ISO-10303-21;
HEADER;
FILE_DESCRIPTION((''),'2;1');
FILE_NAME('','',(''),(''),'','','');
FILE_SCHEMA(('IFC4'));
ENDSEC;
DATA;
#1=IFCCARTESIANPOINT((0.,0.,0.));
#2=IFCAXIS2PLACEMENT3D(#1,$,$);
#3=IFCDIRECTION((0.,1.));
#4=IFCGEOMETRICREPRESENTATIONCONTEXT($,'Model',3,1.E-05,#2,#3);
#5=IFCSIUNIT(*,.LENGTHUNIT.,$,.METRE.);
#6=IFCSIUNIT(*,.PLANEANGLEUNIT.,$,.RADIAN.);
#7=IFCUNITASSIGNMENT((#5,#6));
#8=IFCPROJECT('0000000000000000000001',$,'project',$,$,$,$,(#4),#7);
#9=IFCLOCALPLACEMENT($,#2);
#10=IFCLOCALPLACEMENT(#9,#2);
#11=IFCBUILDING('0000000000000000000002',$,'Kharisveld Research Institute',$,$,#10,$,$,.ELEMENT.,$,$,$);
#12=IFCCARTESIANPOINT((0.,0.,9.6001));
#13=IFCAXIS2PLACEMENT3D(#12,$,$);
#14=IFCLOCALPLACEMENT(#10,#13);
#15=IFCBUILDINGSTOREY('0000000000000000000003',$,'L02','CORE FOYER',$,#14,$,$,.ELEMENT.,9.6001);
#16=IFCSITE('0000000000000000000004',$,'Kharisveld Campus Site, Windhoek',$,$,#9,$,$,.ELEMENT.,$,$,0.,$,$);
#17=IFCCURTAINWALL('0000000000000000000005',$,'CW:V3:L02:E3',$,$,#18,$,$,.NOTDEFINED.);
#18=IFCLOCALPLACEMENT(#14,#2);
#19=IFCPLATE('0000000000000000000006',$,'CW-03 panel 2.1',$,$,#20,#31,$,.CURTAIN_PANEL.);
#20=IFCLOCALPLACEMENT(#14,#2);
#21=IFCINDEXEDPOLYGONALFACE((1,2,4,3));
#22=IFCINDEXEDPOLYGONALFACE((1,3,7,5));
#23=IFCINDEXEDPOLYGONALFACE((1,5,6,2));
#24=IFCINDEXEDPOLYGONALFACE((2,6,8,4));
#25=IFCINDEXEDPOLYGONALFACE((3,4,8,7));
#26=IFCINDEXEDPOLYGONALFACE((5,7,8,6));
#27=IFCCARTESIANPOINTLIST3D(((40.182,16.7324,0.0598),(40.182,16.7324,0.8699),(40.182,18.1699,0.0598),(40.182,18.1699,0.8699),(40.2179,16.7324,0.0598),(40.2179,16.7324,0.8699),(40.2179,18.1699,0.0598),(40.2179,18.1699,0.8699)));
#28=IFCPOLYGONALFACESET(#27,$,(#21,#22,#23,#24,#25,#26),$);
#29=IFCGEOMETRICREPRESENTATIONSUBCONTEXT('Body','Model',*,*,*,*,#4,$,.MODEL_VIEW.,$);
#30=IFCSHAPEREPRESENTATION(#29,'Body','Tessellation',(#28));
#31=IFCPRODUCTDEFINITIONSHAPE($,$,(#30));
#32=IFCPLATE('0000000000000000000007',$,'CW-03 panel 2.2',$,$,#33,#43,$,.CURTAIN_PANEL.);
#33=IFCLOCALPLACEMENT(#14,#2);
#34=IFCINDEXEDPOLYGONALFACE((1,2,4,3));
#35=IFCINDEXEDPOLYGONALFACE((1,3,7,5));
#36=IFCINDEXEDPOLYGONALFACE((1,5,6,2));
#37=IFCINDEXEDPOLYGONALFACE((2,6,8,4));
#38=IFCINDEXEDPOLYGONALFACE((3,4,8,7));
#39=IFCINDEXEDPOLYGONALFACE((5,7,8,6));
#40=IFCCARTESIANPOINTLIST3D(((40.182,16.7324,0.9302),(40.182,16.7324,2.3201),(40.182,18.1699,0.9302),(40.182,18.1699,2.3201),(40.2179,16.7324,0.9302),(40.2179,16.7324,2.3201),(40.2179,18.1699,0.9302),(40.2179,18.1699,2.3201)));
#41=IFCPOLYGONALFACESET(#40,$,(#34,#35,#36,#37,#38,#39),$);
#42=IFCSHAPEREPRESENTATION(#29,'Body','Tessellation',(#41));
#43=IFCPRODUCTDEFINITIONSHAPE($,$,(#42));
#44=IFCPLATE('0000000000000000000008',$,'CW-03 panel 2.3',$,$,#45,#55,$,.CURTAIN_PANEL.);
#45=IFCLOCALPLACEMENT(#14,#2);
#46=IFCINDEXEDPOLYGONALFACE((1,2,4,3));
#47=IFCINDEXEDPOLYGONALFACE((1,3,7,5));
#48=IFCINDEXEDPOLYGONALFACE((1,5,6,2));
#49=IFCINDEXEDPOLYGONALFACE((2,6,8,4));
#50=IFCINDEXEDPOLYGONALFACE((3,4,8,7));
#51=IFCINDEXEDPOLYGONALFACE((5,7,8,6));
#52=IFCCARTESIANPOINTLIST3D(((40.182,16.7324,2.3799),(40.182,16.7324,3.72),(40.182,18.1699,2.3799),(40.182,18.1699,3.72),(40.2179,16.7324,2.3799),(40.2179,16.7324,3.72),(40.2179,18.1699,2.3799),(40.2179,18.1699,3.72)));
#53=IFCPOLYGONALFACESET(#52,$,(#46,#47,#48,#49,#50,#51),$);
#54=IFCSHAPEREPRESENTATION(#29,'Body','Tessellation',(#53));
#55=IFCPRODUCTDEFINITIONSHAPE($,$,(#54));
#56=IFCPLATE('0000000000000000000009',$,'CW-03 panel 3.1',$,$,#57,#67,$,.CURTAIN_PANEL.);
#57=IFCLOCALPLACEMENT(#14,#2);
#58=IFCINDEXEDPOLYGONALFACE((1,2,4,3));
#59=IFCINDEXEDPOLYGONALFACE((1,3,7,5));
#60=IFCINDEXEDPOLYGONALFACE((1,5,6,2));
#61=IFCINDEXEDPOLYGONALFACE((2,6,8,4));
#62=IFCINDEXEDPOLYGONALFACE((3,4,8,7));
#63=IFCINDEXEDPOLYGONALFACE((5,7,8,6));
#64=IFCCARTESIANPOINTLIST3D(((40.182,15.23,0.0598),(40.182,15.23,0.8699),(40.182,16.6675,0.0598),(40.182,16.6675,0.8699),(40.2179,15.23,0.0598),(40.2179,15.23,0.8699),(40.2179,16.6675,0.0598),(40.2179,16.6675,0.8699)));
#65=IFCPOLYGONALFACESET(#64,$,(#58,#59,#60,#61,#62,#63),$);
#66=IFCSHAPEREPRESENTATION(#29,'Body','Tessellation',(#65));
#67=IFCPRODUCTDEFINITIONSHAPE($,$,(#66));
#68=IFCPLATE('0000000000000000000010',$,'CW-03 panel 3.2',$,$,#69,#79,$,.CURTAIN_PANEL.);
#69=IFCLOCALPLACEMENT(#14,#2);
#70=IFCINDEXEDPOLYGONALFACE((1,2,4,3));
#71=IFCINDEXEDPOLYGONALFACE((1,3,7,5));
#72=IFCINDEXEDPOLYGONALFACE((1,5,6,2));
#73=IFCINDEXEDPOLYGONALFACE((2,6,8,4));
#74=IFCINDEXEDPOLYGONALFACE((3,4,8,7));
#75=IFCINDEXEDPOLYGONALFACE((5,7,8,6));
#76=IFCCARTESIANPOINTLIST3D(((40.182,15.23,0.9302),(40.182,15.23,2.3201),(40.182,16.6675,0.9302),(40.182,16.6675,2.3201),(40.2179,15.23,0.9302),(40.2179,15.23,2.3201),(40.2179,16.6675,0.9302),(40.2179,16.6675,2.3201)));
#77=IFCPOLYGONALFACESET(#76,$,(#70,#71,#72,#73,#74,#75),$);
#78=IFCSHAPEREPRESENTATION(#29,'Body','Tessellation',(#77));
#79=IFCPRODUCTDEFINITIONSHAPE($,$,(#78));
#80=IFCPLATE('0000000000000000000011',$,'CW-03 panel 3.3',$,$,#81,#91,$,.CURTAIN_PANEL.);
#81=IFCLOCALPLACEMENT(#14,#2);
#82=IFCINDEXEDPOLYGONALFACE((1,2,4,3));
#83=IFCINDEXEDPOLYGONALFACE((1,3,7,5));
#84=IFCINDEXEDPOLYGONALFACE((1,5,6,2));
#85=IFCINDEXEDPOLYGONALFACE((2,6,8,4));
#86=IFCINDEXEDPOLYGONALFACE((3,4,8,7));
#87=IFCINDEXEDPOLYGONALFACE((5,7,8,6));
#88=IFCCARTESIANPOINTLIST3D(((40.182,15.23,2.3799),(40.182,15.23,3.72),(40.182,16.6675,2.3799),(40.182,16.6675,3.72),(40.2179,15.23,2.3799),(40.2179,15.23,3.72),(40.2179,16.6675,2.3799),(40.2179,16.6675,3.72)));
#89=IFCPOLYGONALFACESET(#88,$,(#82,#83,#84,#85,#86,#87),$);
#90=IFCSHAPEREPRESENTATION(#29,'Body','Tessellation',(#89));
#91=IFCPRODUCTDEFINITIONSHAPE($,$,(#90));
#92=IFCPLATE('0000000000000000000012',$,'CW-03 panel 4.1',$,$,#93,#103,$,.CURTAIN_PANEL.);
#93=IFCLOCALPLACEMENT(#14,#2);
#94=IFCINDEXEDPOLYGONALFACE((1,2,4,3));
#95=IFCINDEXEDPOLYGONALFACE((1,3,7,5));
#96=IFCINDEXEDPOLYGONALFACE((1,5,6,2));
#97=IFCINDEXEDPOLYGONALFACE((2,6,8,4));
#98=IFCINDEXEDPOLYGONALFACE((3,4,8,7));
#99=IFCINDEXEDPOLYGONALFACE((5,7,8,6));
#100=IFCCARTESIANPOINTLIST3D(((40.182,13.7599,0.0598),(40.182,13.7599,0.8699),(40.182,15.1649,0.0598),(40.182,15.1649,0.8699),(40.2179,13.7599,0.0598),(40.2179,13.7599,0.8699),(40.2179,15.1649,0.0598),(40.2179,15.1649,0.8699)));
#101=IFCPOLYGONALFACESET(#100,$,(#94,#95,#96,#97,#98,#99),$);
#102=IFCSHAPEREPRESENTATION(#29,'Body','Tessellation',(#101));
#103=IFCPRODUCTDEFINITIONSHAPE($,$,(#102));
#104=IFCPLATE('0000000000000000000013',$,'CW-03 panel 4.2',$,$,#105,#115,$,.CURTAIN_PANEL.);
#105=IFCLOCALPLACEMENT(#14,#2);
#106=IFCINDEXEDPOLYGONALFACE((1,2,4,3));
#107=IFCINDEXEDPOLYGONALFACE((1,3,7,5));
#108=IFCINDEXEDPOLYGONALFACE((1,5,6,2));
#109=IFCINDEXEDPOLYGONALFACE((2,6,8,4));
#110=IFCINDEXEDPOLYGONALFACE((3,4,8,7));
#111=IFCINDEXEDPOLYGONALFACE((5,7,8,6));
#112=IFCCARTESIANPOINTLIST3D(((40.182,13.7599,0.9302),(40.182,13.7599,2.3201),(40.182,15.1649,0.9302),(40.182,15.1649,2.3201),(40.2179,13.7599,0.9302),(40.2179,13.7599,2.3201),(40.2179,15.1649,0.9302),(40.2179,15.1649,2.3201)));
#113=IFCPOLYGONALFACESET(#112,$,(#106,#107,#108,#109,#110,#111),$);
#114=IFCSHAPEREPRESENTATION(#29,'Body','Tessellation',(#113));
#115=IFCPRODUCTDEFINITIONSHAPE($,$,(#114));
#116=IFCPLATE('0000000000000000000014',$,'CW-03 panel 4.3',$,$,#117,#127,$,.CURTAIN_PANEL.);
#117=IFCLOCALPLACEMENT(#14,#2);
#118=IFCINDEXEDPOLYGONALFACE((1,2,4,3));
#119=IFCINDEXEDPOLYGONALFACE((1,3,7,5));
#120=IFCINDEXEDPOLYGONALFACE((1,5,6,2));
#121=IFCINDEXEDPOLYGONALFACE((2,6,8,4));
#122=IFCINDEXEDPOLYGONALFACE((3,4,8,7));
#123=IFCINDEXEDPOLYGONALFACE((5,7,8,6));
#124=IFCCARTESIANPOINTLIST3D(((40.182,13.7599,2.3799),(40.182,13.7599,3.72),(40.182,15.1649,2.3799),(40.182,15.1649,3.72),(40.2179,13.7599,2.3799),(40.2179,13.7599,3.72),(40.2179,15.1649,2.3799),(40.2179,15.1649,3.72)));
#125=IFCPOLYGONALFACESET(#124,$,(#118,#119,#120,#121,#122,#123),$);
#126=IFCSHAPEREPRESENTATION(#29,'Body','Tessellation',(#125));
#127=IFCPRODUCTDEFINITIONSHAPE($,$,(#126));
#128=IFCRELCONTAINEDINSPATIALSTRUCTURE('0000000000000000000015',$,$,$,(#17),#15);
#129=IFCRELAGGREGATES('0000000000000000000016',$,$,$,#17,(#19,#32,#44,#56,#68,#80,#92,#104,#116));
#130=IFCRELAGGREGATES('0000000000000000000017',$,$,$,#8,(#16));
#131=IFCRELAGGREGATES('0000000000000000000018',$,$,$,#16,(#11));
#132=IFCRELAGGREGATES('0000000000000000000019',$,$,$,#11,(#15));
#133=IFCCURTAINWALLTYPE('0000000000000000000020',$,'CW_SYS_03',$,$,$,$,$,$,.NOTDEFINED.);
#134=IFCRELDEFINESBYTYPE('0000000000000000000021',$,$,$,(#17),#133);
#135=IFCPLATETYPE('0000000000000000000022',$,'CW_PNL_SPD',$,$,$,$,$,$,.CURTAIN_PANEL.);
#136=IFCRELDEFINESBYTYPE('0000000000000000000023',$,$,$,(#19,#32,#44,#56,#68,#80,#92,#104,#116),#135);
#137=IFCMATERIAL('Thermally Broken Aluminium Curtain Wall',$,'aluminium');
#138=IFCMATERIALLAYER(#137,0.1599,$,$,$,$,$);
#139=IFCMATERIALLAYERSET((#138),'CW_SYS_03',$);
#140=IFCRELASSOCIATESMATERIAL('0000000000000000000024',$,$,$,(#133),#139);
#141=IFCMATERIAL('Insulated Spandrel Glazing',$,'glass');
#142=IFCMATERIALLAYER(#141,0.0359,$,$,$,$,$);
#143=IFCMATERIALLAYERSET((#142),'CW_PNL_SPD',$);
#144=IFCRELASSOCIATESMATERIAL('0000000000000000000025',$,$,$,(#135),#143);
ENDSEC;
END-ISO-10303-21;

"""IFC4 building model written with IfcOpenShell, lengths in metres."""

from ifc_helpers import new_model, si_unit, direction, frame, origin, origin_2d, place, context, subcontext, project, spatial, rectangle, extrude, material, layer, layer_set, type_object, element, aggregate, save


model = new_model("IFC4")

# Units and contexts
model_context = context("Model", 3, precision=1e-05, world=origin(), true_north=direction((0.0, 1.0)))
body_context = subcontext(model_context, "Body", "Model", "MODEL_VIEW")
ifc_project = project(units=[si_unit("LENGTHUNIT", "METRE"), si_unit("PLANEANGLEUNIT", "RADIAN")], contexts=[model_context])

# Site, building, storey
site_placement = place(None, origin())
site = spatial("IfcSite", under=ifc_project, at=site_placement, Name="Kharisveld Campus Site, Windhoek", CompositionType="ELEMENT", RefElevation=0.0)
building_placement = place(site_placement, origin())
building = spatial("IfcBuilding", under=site, at=building_placement, Name="Kharisveld Research Institute", CompositionType="ELEMENT")
storey_placement = place(building_placement, frame((0.0, 0.0, 9.6001)))
storey = spatial("IfcBuildingStorey", under=building, at=storey_placement, Name="L02", Description="CORE FOYER", CompositionType="ELEMENT", Elevation=9.6001)

# Curtain wall
ifc_material_1 = material(Name="Thermally Broken Aluminium Curtain Wall", Category="aluminium")
ifc_layer_1 = layer(ifc_material_1, 0.1599)
ifc_layer_set_1 = layer_set([ifc_layer_1], Name="CW_SYS_03")
curtain_wall_type_1 = type_object("IfcCurtainWallType", Name="CW_SYS_03", PredefinedType="NOTDEFINED", material=ifc_layer_set_1)
curtain_wall_1_placement = place(storey_placement, origin())
curtain_wall_1 = element("IfcCurtainWall", 1, at=curtain_wall_1_placement, inside=storey, type_object=curtain_wall_type_1, Name="CW:V3:L02:E3", PredefinedType="NOTDEFINED")

# Plates
ifc_material_2 = material(Name="Insulated Spandrel Glazing", Category="glass")
ifc_layer_2 = layer(ifc_material_2, 0.0359)
ifc_layer_set_2 = layer_set([ifc_layer_2], Name="CW_PNL_SPD")
plate_type = type_object("IfcPlateType", Name="CW_PNL_SPD", PredefinedType="CURTAIN_PANEL", material=ifc_layer_set_2)
plate_1_placement = place(storey_placement, frame((40.2, 17.4512, 0.0598), z_axis=(0.0, 0.0, 1.0), x_axis=(0.0, -1.0, 0.0)))
plate_1 = element("IfcPlate", 2, at=plate_1_placement, type_object=plate_type, Name="CW-03 panel 2.1", PredefinedType="CURTAIN_PANEL", context=body_context, shape_type="SweptSolid", body=[
    extrude(rectangle(XDim=1.4375, YDim=0.0359, at=origin_2d()), origin(), (0.0, 0.0, 1.0), 0.8101),
])
plate_2_placement = place(storey_placement, frame((40.2, 17.4512, 0.9302), z_axis=(0.0, 0.0, 1.0), x_axis=(0.0, -1.0, 0.0)))
plate_2 = element("IfcPlate", 3, at=plate_2_placement, type_object=plate_type, Name="CW-03 panel 2.2", PredefinedType="CURTAIN_PANEL", context=body_context, shape_type="SweptSolid", body=[
    extrude(rectangle(XDim=1.4375, YDim=0.0359, at=origin_2d()), origin(), (0.0, 0.0, 1.0), 1.3899),
])
plate_3_placement = place(storey_placement, frame((40.2, 17.4512, 2.3799), z_axis=(0.0, 0.0, 1.0), x_axis=(0.0, -1.0, 0.0)))
plate_3 = element("IfcPlate", 4, at=plate_3_placement, type_object=plate_type, Name="CW-03 panel 2.3", PredefinedType="CURTAIN_PANEL", context=body_context, shape_type="SweptSolid", body=[
    extrude(rectangle(XDim=1.4375, YDim=0.0359, at=origin_2d()), origin(), (0.0, 0.0, 1.0), 1.3401),
])
plate_4_placement = place(storey_placement, frame((40.2, 15.9487, 0.0598), z_axis=(0.0, 0.0, 1.0), x_axis=(0.0, -1.0, 0.0)))
plate_4 = element("IfcPlate", 5, at=plate_4_placement, type_object=plate_type, Name="CW-03 panel 3.1", PredefinedType="CURTAIN_PANEL", context=body_context, shape_type="SweptSolid", body=[
    extrude(rectangle(XDim=1.4375, YDim=0.0359, at=origin_2d()), origin(), (0.0, 0.0, 1.0), 0.8101),
])
plate_5_placement = place(storey_placement, frame((40.2, 15.9487, 0.9302), z_axis=(0.0, 0.0, 1.0), x_axis=(0.0, -1.0, 0.0)))
plate_5 = element("IfcPlate", 6, at=plate_5_placement, type_object=plate_type, Name="CW-03 panel 3.2", PredefinedType="CURTAIN_PANEL", context=body_context, shape_type="SweptSolid", body=[
    extrude(rectangle(XDim=1.4375, YDim=0.0359, at=origin_2d()), origin(), (0.0, 0.0, 1.0), 1.3899),
])
plate_6_placement = place(storey_placement, frame((40.2, 15.9487, 2.3799), z_axis=(0.0, 0.0, 1.0), x_axis=(0.0, -1.0, 0.0)))
plate_6 = element("IfcPlate", 7, at=plate_6_placement, type_object=plate_type, Name="CW-03 panel 3.3", PredefinedType="CURTAIN_PANEL", context=body_context, shape_type="SweptSolid", body=[
    extrude(rectangle(XDim=1.4375, YDim=0.0359, at=origin_2d()), origin(), (0.0, 0.0, 1.0), 1.3401),
])
plate_7_placement = place(storey_placement, frame((40.2, 14.4624, 0.0598), z_axis=(0.0, 0.0, 1.0), x_axis=(0.0, -1.0, 0.0)))
plate_7 = element("IfcPlate", 8, at=plate_7_placement, type_object=plate_type, Name="CW-03 panel 4.1", PredefinedType="CURTAIN_PANEL", context=body_context, shape_type="SweptSolid", body=[
    extrude(rectangle(XDim=1.405, YDim=0.0359, at=origin_2d()), origin(), (0.0, 0.0, 1.0), 0.8101),
])
plate_8_placement = place(storey_placement, frame((40.2, 14.4624, 0.9302), z_axis=(0.0, 0.0, 1.0), x_axis=(0.0, -1.0, 0.0)))
plate_8 = element("IfcPlate", 9, at=plate_8_placement, type_object=plate_type, Name="CW-03 panel 4.2", PredefinedType="CURTAIN_PANEL", context=body_context, shape_type="SweptSolid", body=[
    extrude(rectangle(XDim=1.405, YDim=0.0359, at=origin_2d()), origin(), (0.0, 0.0, 1.0), 1.3899),
])
plate_9_placement = place(storey_placement, frame((40.2, 14.4624, 2.3799), z_axis=(0.0, 0.0, 1.0), x_axis=(0.0, -1.0, 0.0)))
plate_9 = element("IfcPlate", 10, at=plate_9_placement, type_object=plate_type, Name="CW-03 panel 4.3", PredefinedType="CURTAIN_PANEL", context=body_context, shape_type="SweptSolid", body=[
    extrude(rectangle(XDim=1.405, YDim=0.0359, at=origin_2d()), origin(), (0.0, 0.0, 1.0), 1.3401),
])
aggregate(curtain_wall_1, [plate_1, plate_2, plate_3, plate_4, plate_5, plate_6, plate_7, plate_8, plate_9])

save(model, "model.ifc")
